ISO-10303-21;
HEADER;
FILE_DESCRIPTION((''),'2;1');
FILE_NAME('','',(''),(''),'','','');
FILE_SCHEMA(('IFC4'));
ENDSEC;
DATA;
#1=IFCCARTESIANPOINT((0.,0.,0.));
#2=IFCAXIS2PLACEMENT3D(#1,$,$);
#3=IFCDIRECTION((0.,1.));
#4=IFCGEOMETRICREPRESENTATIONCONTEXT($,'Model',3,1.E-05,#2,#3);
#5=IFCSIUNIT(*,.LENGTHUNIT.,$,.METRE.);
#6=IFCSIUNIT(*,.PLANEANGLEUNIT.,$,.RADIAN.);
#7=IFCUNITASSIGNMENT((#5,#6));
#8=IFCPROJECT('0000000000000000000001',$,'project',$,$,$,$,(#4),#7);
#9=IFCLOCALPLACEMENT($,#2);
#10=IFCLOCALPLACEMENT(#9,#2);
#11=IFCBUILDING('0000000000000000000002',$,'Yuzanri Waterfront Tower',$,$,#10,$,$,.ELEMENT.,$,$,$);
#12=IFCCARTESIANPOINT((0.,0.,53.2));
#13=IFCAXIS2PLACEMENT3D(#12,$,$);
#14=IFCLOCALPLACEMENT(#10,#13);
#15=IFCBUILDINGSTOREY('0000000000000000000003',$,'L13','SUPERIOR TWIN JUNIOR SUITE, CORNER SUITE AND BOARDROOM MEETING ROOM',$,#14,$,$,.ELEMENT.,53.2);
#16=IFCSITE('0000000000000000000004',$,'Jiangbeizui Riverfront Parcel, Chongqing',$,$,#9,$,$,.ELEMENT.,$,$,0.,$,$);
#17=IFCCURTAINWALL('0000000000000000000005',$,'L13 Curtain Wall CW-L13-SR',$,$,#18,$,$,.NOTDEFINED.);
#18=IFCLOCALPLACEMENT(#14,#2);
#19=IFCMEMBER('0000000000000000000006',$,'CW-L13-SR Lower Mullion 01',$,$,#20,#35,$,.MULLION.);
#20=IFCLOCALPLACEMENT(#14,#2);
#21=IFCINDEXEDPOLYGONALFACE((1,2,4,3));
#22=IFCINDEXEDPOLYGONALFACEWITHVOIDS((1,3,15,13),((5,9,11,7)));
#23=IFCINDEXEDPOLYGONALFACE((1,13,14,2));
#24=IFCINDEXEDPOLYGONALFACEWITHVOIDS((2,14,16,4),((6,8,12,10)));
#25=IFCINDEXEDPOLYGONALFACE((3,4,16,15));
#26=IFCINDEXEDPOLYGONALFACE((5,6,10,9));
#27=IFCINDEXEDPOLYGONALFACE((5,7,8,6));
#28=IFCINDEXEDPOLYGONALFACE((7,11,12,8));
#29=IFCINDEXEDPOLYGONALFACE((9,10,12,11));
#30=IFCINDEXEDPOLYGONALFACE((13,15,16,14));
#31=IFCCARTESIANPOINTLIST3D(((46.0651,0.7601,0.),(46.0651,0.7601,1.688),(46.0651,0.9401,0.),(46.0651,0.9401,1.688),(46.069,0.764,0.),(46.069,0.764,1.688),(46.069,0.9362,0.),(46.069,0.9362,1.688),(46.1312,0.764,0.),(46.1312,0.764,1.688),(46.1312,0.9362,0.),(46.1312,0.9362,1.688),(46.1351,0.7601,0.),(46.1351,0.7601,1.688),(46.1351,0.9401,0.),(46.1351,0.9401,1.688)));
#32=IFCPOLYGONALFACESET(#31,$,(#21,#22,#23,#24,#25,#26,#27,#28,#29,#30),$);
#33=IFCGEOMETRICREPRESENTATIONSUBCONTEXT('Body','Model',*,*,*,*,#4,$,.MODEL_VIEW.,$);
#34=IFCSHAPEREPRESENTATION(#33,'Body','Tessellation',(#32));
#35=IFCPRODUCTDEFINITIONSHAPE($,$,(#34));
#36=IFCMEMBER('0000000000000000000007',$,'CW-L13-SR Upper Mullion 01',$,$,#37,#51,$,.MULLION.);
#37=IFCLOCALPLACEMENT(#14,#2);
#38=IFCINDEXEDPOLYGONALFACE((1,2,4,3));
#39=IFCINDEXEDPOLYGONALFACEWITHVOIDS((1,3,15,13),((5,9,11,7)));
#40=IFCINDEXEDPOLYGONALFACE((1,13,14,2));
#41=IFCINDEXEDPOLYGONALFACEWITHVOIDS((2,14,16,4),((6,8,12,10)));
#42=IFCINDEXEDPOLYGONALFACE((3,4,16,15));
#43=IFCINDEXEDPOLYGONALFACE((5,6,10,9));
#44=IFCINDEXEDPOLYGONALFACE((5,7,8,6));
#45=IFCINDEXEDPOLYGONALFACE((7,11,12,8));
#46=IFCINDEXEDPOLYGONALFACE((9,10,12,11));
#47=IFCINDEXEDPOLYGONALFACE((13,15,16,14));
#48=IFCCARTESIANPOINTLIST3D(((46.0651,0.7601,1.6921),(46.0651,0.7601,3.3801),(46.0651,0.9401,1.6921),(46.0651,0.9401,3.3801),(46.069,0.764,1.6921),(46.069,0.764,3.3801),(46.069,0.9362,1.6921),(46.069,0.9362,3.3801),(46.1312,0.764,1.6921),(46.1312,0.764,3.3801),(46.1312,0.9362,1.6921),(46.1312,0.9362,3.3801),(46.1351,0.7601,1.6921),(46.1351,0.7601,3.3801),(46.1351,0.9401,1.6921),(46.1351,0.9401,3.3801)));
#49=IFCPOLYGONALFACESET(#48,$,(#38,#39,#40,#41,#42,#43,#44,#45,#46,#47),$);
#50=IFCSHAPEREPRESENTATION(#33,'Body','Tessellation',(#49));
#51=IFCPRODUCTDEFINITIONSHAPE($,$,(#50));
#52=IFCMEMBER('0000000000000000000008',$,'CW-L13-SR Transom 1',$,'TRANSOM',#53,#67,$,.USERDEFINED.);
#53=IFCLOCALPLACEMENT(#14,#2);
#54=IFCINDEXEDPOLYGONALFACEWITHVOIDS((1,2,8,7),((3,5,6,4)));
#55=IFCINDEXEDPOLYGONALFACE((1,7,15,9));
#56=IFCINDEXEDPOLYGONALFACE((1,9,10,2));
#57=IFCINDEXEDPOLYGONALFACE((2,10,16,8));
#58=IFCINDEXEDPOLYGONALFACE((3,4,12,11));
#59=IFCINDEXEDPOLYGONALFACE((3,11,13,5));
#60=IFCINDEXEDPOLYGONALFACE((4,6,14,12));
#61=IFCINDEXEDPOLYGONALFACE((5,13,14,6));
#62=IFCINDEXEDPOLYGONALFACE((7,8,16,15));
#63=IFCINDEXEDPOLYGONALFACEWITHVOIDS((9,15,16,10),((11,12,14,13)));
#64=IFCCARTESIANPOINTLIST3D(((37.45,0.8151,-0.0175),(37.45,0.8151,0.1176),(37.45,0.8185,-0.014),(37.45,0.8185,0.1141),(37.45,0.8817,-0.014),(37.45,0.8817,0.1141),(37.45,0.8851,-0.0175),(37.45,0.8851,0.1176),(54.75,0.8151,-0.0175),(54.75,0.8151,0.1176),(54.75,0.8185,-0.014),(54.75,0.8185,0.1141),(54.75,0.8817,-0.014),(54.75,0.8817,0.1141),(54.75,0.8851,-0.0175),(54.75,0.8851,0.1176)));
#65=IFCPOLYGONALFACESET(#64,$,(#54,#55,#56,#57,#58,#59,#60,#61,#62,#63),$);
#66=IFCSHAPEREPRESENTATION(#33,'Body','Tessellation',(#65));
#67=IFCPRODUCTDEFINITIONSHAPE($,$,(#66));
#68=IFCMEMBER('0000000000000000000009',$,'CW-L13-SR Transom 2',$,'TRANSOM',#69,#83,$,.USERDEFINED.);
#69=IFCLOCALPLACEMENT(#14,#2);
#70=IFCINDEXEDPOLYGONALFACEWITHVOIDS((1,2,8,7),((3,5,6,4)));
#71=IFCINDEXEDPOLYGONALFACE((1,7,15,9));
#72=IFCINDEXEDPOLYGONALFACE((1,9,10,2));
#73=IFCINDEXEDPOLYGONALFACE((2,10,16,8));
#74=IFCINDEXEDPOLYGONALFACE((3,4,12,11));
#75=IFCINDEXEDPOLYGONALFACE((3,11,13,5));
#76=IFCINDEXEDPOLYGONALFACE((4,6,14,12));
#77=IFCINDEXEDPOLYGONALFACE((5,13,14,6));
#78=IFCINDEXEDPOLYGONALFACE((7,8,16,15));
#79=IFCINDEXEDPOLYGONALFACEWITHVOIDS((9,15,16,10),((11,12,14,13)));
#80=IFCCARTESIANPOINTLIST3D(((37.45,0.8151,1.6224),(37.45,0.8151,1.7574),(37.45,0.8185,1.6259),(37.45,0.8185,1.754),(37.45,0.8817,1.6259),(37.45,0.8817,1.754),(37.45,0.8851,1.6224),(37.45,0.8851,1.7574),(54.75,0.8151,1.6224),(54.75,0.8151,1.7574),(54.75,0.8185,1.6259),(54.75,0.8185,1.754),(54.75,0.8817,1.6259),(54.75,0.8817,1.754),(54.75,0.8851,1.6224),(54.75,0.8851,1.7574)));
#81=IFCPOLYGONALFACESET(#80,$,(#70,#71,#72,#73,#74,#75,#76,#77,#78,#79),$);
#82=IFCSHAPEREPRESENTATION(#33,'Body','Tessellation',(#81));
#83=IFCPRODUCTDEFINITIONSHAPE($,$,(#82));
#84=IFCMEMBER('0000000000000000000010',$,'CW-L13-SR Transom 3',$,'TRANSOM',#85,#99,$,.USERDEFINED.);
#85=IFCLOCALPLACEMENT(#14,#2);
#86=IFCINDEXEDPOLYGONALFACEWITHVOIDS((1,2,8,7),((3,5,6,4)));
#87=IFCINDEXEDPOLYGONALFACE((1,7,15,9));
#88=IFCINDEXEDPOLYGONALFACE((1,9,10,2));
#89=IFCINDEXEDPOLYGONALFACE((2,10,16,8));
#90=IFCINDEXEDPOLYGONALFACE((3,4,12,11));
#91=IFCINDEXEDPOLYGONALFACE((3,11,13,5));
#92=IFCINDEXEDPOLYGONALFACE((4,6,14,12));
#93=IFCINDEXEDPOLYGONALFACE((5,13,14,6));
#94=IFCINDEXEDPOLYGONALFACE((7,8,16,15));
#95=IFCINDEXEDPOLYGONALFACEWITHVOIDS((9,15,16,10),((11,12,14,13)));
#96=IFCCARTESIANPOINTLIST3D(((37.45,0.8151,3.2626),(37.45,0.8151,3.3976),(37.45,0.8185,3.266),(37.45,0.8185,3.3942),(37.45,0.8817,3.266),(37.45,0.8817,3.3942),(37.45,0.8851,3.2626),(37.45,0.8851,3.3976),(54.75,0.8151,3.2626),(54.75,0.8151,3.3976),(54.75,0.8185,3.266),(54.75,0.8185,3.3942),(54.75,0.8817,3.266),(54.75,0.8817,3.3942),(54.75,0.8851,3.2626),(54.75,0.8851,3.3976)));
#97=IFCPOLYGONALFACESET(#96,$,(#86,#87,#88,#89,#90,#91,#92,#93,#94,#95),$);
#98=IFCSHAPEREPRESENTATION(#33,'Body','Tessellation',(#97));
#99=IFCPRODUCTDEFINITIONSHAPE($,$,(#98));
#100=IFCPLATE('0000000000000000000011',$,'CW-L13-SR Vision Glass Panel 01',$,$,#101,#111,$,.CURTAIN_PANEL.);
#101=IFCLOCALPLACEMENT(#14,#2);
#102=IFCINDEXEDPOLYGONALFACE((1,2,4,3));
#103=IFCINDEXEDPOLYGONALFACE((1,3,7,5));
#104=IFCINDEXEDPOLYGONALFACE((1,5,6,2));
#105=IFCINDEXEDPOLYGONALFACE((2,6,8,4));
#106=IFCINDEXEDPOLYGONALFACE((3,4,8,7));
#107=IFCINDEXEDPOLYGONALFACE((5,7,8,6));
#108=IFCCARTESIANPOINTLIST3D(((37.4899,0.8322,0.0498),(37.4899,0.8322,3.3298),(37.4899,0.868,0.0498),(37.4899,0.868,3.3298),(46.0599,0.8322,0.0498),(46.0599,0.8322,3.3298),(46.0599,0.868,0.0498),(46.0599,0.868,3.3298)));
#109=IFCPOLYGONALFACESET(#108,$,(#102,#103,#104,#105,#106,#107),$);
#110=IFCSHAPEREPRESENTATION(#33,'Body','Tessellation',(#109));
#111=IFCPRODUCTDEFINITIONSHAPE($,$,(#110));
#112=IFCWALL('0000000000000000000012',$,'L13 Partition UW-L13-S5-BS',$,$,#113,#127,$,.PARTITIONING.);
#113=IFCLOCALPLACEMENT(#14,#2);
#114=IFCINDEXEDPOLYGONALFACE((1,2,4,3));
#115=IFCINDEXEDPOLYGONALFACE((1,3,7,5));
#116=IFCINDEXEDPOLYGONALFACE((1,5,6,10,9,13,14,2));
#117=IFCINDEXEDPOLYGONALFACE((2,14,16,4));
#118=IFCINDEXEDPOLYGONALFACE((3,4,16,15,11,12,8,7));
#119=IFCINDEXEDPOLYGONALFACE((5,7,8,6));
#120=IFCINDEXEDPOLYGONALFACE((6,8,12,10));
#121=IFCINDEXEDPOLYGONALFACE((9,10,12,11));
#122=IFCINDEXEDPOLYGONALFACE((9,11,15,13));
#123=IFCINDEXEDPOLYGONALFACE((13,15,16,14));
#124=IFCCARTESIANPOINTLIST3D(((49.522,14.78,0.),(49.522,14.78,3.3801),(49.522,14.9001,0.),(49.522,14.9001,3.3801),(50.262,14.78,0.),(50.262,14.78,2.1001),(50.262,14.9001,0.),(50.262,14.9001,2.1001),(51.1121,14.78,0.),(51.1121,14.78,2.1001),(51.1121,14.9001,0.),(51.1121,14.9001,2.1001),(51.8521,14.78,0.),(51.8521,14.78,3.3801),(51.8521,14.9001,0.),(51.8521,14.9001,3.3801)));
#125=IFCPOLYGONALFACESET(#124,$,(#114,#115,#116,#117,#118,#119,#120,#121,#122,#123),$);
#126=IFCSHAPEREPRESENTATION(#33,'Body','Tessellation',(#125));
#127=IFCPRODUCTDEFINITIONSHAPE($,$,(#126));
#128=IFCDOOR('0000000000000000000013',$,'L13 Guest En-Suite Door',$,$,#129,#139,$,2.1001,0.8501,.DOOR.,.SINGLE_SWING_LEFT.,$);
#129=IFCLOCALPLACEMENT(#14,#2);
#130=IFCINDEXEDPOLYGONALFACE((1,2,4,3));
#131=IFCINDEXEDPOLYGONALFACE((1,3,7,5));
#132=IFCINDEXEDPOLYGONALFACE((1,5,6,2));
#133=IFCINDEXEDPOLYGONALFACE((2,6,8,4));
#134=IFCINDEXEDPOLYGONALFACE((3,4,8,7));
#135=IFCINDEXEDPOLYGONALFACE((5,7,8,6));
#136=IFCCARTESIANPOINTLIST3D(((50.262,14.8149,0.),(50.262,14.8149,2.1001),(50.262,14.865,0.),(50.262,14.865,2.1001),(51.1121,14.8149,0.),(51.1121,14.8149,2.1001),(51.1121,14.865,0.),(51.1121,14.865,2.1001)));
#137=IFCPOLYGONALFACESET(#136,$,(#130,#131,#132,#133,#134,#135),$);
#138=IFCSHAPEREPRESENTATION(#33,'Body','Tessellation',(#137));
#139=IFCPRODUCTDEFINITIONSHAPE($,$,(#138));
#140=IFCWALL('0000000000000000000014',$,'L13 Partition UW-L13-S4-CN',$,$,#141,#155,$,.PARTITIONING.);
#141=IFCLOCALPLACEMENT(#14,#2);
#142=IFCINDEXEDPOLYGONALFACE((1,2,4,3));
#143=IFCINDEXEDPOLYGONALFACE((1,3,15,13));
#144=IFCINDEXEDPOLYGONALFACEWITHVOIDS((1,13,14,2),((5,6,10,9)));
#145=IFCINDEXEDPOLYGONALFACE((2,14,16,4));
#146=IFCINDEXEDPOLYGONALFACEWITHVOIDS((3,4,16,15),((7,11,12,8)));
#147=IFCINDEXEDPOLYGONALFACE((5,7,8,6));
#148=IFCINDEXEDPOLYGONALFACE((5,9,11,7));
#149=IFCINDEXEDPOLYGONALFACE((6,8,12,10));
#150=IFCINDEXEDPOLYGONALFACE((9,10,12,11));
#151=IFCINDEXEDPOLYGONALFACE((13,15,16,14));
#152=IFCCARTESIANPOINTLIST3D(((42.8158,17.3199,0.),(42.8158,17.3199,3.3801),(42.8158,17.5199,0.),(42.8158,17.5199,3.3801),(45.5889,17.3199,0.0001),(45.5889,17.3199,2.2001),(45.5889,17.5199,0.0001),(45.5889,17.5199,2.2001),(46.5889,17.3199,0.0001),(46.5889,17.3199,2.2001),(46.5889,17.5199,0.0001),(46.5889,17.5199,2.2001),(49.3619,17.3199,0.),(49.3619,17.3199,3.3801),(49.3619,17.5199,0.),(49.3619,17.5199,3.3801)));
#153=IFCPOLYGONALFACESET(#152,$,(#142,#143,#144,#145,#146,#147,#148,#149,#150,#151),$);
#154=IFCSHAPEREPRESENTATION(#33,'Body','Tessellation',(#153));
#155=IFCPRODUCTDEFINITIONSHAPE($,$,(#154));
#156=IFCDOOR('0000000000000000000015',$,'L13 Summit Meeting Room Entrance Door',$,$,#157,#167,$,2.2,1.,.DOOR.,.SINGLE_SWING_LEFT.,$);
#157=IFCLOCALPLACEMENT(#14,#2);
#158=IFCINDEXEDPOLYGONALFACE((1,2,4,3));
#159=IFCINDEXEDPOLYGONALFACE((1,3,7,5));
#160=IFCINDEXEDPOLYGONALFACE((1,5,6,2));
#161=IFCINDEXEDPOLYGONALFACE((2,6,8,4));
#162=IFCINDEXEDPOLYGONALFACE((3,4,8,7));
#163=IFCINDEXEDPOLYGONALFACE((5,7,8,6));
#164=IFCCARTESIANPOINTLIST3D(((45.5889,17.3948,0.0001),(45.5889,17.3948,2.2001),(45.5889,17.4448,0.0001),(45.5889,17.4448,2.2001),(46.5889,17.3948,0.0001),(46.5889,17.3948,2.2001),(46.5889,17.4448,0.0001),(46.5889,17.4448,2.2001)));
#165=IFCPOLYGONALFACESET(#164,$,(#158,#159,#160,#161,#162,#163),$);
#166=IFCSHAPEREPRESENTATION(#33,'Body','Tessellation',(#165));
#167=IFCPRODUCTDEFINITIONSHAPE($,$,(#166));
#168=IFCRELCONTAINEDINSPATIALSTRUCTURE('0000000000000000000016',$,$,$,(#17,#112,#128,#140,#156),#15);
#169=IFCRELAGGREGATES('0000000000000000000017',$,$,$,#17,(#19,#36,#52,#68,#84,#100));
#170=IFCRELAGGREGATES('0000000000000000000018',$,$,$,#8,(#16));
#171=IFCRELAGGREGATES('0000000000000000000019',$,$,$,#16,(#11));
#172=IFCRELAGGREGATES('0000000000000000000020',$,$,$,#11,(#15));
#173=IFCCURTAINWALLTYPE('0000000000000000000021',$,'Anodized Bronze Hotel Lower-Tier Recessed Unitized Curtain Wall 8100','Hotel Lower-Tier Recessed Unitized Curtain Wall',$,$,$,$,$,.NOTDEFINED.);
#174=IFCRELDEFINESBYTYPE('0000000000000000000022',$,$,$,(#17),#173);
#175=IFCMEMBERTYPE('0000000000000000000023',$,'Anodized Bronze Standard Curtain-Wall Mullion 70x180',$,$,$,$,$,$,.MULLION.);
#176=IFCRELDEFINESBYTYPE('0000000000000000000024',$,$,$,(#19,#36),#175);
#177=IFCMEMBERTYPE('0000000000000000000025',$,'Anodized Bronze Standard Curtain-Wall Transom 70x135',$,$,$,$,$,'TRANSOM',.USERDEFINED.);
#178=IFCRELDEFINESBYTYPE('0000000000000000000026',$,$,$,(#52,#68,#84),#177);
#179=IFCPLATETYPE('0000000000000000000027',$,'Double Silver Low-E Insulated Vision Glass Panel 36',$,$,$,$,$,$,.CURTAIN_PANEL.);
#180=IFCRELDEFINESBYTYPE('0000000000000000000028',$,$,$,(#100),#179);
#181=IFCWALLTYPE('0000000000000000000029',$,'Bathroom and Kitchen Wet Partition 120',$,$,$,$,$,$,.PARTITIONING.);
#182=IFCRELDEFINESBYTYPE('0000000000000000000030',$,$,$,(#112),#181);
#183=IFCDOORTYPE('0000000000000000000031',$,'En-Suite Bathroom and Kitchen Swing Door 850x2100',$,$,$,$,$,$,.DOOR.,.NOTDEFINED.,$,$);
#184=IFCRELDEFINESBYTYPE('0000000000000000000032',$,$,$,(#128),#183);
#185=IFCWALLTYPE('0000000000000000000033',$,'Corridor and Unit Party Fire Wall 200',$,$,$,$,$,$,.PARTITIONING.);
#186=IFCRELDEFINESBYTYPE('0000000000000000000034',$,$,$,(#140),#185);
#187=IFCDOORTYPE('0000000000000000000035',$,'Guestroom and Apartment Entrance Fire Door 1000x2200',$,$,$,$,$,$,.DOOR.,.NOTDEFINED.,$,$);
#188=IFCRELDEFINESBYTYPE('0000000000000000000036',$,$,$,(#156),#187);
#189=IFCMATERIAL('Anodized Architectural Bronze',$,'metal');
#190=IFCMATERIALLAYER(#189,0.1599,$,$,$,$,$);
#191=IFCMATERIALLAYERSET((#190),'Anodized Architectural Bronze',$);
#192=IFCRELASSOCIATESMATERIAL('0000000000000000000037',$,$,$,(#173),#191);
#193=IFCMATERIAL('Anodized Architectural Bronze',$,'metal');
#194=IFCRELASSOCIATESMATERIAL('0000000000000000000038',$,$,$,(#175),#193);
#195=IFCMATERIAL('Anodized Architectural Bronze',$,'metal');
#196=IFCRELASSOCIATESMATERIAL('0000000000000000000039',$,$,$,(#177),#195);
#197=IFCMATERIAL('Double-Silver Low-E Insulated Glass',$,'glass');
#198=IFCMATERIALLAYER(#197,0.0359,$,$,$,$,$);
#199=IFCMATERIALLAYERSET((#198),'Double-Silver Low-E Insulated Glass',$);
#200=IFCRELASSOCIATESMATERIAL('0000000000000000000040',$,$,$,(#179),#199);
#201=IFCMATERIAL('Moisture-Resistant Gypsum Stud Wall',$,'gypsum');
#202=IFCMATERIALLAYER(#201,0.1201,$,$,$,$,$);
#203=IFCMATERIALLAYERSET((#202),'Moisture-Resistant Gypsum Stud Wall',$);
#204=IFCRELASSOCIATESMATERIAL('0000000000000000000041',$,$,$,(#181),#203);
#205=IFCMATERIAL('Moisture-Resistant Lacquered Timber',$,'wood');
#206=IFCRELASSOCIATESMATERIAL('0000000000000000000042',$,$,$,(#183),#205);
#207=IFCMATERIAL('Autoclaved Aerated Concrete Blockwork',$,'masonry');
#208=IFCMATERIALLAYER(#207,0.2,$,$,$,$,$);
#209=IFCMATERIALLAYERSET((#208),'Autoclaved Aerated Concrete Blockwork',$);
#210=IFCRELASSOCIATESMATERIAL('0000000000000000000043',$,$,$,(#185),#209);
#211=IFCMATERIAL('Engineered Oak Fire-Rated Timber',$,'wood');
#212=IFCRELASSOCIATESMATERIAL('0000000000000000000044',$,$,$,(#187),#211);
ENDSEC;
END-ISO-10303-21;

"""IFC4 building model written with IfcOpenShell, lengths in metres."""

from ifc_helpers import new_model, si_unit, direction, frame, frame_2d, origin, origin_2d, place, context, subcontext, project, spatial, rectangle, hollow_rectangle, extrude, source, transform, mapped, material, layer, layer_set, material_profile, profile_set, type_object, element, fill, aggregate, save


model = new_model("IFC4")

# Units and contexts
model_context = context("Model", 3, precision=1e-05, world=origin(), true_north=direction((0.0, 1.0)))
body_context = subcontext(model_context, "Body", "Model", "MODEL_VIEW")
ifc_project = project(units=[si_unit("LENGTHUNIT", "METRE"), si_unit("PLANEANGLEUNIT", "RADIAN")], contexts=[model_context])

# Site, building, storey
site_placement = place(None, origin())
site = spatial("IfcSite", under=ifc_project, at=site_placement, Name="Jiangbeizui Riverfront Parcel, Chongqing", CompositionType="ELEMENT", RefElevation=0.0)
building_placement = place(site_placement, origin())
building = spatial("IfcBuilding", under=site, at=building_placement, Name="Yuzanri Waterfront Tower", CompositionType="ELEMENT")
storey_placement = place(building_placement, frame((0.0, 0.0, 53.2)))
storey = spatial("IfcBuildingStorey", under=building, at=storey_placement, Name="L13", Description="SUPERIOR TWIN JUNIOR SUITE, CORNER SUITE AND BOARDROOM MEETING ROOM", CompositionType="ELEMENT", Elevation=53.2)

# Curtain wall, members, plate
ifc_material_1 = material(Name="Anodized Architectural Bronze", Category="metal")
ifc_layer_1 = layer(ifc_material_1, 0.1599)
ifc_layer_set_1 = layer_set([ifc_layer_1], Name="Anodized Architectural Bronze")
curtain_wall_type = type_object("IfcCurtainWallType", Name="Anodized Bronze Hotel Lower-Tier Recessed Unitized Curtain Wall 8100", Description="Hotel Lower-Tier Recessed Unitized Curtain Wall", PredefinedType="NOTDEFINED", material=ifc_layer_set_1)
curtain_wall_placement = place(storey_placement, origin())
curtain_wall = element("IfcCurtainWall", 1, at=curtain_wall_placement, inside=storey, type_object=curtain_wall_type, Name="L13 Curtain Wall CW-L13-SR", PredefinedType="NOTDEFINED")
ifc_material_2 = material(Name="Anodized Architectural Bronze", Category="metal")
ifc_material_profile_1 = material_profile(ifc_material_2, hollow_rectangle(XDim=0.0701, YDim=0.1799, WallThickness=0.0039, at=origin_2d()), Name="CWM 70x180")
ifc_profile_set_1 = profile_set([ifc_material_profile_1], Name="Anodized Architectural Bronze")
member_type_1 = type_object("IfcMemberType", Name="Anodized Bronze Standard Curtain-Wall Mullion 70x180", PredefinedType="MULLION", material=ifc_profile_set_1)
shared_shape_1 = source(origin(), body_context, "Body", "SweptSolid", [
    extrude(hollow_rectangle(XDim=0.0701, YDim=0.1799, WallThickness=0.0039, at=origin_2d()), origin(), (0.0, 0.0, 1.0), 1.688),
])
member_1_placement = place(storey_placement, frame((46.1001, 0.8501, 0.0), z_axis=(0.0, 0.0, 1.0), x_axis=(1.0, 0.0, 0.0)))
member_1 = element("IfcMember", 2, at=member_1_placement, type_object=member_type_1, Name="CW-L13-SR Lower Mullion 01", PredefinedType="MULLION", context=body_context, shape_type="MappedRepresentation", body=[
    mapped(shared_shape_1, transform((0.0, 0.0, 0.0), scale=1.0)),
])
member_2_placement = place(storey_placement, frame((46.1001, 0.8501, 1.6921), z_axis=(0.0, 0.0, 1.0), x_axis=(1.0, 0.0, 0.0)))
member_2 = element("IfcMember", 3, at=member_2_placement, type_object=member_type_1, Name="CW-L13-SR Upper Mullion 01", PredefinedType="MULLION", context=body_context, shape_type="MappedRepresentation", body=[
    mapped(shared_shape_1, transform((0.0, 0.0, 0.0), scale=1.0)),
])
ifc_material_3 = material(Name="Anodized Architectural Bronze", Category="metal")
ifc_material_profile_2 = material_profile(ifc_material_3, hollow_rectangle(XDim=0.0701, YDim=0.135, WallThickness=0.0034, at=origin_2d()), Name="CWT 70x135")
ifc_profile_set_2 = profile_set([ifc_material_profile_2], Name="Anodized Architectural Bronze")
member_type_2 = type_object("IfcMemberType", Name="Anodized Bronze Standard Curtain-Wall Transom 70x135", ElementType="TRANSOM", PredefinedType="USERDEFINED", material=ifc_profile_set_2)
shared_shape_2 = source(origin(), body_context, "Body", "SweptSolid", [
    extrude(hollow_rectangle(XDim=0.0701, YDim=0.135, WallThickness=0.0034, at=origin_2d()), origin(), (0.0, 0.0, 1.0), 17.3),
])
member_3_placement = place(storey_placement, frame((37.45, 0.8501, 0.05), z_axis=(1.0, 0.0, 0.0), x_axis=(0.0, 1.0, 0.0)))
member_3 = element("IfcMember", 4, at=member_3_placement, type_object=member_type_2, Name="CW-L13-SR Transom 1", ObjectType="TRANSOM", PredefinedType="USERDEFINED", context=body_context, shape_type="MappedRepresentation", body=[
    mapped(shared_shape_2, transform((0.0, 0.0, 0.0), scale=1.0)),
])
member_4_placement = place(storey_placement, frame((37.45, 0.8501, 1.6899), z_axis=(1.0, 0.0, 0.0), x_axis=(0.0, 1.0, 0.0)))
member_4 = element("IfcMember", 5, at=member_4_placement, type_object=member_type_2, Name="CW-L13-SR Transom 2", ObjectType="TRANSOM", PredefinedType="USERDEFINED", context=body_context, shape_type="MappedRepresentation", body=[
    mapped(shared_shape_2, transform((0.0, 0.0, 0.0), scale=1.0)),
])
member_5_placement = place(storey_placement, frame((37.45, 0.8501, 3.3301), z_axis=(1.0, 0.0, 0.0), x_axis=(0.0, 1.0, 0.0)))
member_5 = element("IfcMember", 6, at=member_5_placement, type_object=member_type_2, Name="CW-L13-SR Transom 3", ObjectType="TRANSOM", PredefinedType="USERDEFINED", context=body_context, shape_type="MappedRepresentation", body=[
    mapped(shared_shape_2, transform((0.0, 0.0, 0.0), scale=1.0)),
])
ifc_material_4 = material(Name="Double-Silver Low-E Insulated Glass", Category="glass")
ifc_layer_2 = layer(ifc_material_4, 0.0359)
ifc_layer_set_2 = layer_set([ifc_layer_2], Name="Double-Silver Low-E Insulated Glass")
plate_type = type_object("IfcPlateType", Name="Double Silver Low-E Insulated Vision Glass Panel 36", PredefinedType="CURTAIN_PANEL", material=ifc_layer_set_2)
shared_shape_3 = source(origin(), body_context, "Body", "SweptSolid", [
    extrude(rectangle(XDim=8.5701, YDim=0.0359, at=origin_2d()), origin(), (0.0, 0.0, 1.0), 3.28),
])
plate_placement = place(storey_placement, frame((41.7749, 0.8501, 0.0498), z_axis=(0.0, 0.0, 1.0), x_axis=(1.0, 0.0, 0.0)))
plate = element("IfcPlate", 7, at=plate_placement, type_object=plate_type, Name="CW-L13-SR Vision Glass Panel 01", PredefinedType="CURTAIN_PANEL", context=body_context, shape_type="MappedRepresentation", body=[
    mapped(shared_shape_3, transform((0.0, 0.0, 0.0), scale=1.0)),
])
aggregate(curtain_wall, [member_1, member_2, member_3, member_4, member_5, plate])

# Walls, openings, doors
ifc_material_5 = material(Name="Moisture-Resistant Gypsum Stud Wall", Category="gypsum")
ifc_layer_3 = layer(ifc_material_5, 0.1201)
ifc_layer_set_3 = layer_set([ifc_layer_3], Name="Moisture-Resistant Gypsum Stud Wall")
wall_type_1 = type_object("IfcWallType", Name="Bathroom and Kitchen Wet Partition 120", PredefinedType="PARTITIONING", material=ifc_layer_set_3)
wall_1_placement = place(storey_placement, frame((49.522, 14.8401, 0.0), z_axis=(0.0, 0.0, 1.0), x_axis=(1.0, 0.0, 0.0)))
wall_1 = element("IfcWall", 8, at=wall_1_placement, inside=storey, type_object=wall_type_1, Name="L13 Partition UW-L13-S5-BS", PredefinedType="PARTITIONING", context=body_context, shape_type="SweptSolid", body=[
    extrude(rectangle(XDim=2.3301, YDim=0.1201, at=frame_2d((1.165, 0.0))), origin(), (0.0, 0.0, 1.0), 3.3801),
])
opening_1_placement = place(wall_1_placement, frame((0.74, 0.0, 0.0)))
opening_1 = element("IfcOpeningElement", 9, at=opening_1_placement, cuts=wall_1, PredefinedType="OPENING", context=body_context, shape_type="SweptSolid", body=[
    extrude(rectangle(XDim=0.8501, YDim=2.1001, at=frame_2d((0.425, 1.05))), frame((0.0, 0.075, 0.0), z_axis=(0.0, -1.0, 0.0), x_axis=(1.0, 0.0, 0.0)), (0.0, 0.0, 1.0), 0.1499),
])
ifc_material_6 = material(Name="Moisture-Resistant Lacquered Timber", Category="wood")
door_type_1 = type_object("IfcDoorType", Name="En-Suite Bathroom and Kitchen Swing Door 850x2100", OperationType="NOTDEFINED", PredefinedType="DOOR", material=ifc_material_6)
shared_shape_4 = source(origin(), body_context, "Body", "SweptSolid", [
    extrude(rectangle(XDim=0.8501, YDim=2.1001, at=frame_2d((0.425, 1.05))), frame((0.0, 0.0249, 0.0), z_axis=(0.0, -1.0, 0.0), x_axis=(1.0, 0.0, 0.0)), (0.0, 0.0, 1.0), 0.05),
])
door_1_placement = place(opening_1_placement, origin())
door_1 = element("IfcDoor", 10, at=door_1_placement, inside=storey, type_object=door_type_1, Name="L13 Guest En-Suite Door", OperationType="SINGLE_SWING_LEFT", OverallHeight=2.1001, OverallWidth=0.8501, PredefinedType="DOOR", context=body_context, shape_type="MappedRepresentation", body=[
    mapped(shared_shape_4, transform((0.0, 0.0, 0.0), scale=1.0)),
])
fill(opening_1, door_1)
ifc_material_7 = material(Name="Autoclaved Aerated Concrete Blockwork", Category="masonry")
ifc_layer_4 = layer(ifc_material_7, 0.2)
ifc_layer_set_4 = layer_set([ifc_layer_4], Name="Autoclaved Aerated Concrete Blockwork")
wall_type_2 = type_object("IfcWallType", Name="Corridor and Unit Party Fire Wall 200", PredefinedType="PARTITIONING", material=ifc_layer_set_4)
wall_2_placement = place(storey_placement, frame((42.8159, 17.4199, 0.0), z_axis=(0.0, 0.0, 1.0), x_axis=(1.0, 0.0, 0.0)))
wall_2 = element("IfcWall", 11, at=wall_2_placement, inside=storey, type_object=wall_type_2, Name="L13 Partition UW-L13-S4-CN", PredefinedType="PARTITIONING", context=body_context, shape_type="SweptSolid", body=[
    extrude(rectangle(XDim=6.5461, YDim=0.2, at=frame_2d((3.2729, 0.0))), origin(), (0.0, 0.0, 1.0), 3.3801),
])
opening_2_placement = place(wall_2_placement, frame((2.7729, 0.0, 0.0)))
opening_2 = element("IfcOpeningElement", 12, at=opening_2_placement, cuts=wall_2, PredefinedType="OPENING", context=body_context, shape_type="SweptSolid", body=[
    extrude(rectangle(XDim=1.0, YDim=2.2, at=frame_2d((0.5, 1.1001))), frame((0.0, 0.1147, 0.0), z_axis=(0.0, -1.0, 0.0), x_axis=(1.0, 0.0, 0.0)), (0.0, 0.0, 1.0), 0.2297),
])
ifc_material_8 = material(Name="Engineered Oak Fire-Rated Timber", Category="wood")
door_type_2 = type_object("IfcDoorType", Name="Guestroom and Apartment Entrance Fire Door 1000x2200", OperationType="NOTDEFINED", PredefinedType="DOOR", material=ifc_material_8)
shared_shape_5 = source(origin(), body_context, "Body", "SweptSolid", [
    extrude(rectangle(XDim=1.0, YDim=2.2, at=frame_2d((0.5, 1.1001))), frame((0.0, 0.0249, 0.0), z_axis=(0.0, -1.0, 0.0), x_axis=(1.0, 0.0, 0.0)), (0.0, 0.0, 1.0), 0.05),
])
door_2_placement = place(opening_2_placement, origin())
door_2 = element("IfcDoor", 13, at=door_2_placement, inside=storey, type_object=door_type_2, Name="L13 Summit Meeting Room Entrance Door", OperationType="SINGLE_SWING_LEFT", OverallHeight=2.2, OverallWidth=1.0, PredefinedType="DOOR", context=body_context, shape_type="MappedRepresentation", body=[
    mapped(shared_shape_5, transform((0.0, 0.0, 0.0), scale=1.0)),
])
fill(opening_2, door_2)

save(model, "model.ifc")
